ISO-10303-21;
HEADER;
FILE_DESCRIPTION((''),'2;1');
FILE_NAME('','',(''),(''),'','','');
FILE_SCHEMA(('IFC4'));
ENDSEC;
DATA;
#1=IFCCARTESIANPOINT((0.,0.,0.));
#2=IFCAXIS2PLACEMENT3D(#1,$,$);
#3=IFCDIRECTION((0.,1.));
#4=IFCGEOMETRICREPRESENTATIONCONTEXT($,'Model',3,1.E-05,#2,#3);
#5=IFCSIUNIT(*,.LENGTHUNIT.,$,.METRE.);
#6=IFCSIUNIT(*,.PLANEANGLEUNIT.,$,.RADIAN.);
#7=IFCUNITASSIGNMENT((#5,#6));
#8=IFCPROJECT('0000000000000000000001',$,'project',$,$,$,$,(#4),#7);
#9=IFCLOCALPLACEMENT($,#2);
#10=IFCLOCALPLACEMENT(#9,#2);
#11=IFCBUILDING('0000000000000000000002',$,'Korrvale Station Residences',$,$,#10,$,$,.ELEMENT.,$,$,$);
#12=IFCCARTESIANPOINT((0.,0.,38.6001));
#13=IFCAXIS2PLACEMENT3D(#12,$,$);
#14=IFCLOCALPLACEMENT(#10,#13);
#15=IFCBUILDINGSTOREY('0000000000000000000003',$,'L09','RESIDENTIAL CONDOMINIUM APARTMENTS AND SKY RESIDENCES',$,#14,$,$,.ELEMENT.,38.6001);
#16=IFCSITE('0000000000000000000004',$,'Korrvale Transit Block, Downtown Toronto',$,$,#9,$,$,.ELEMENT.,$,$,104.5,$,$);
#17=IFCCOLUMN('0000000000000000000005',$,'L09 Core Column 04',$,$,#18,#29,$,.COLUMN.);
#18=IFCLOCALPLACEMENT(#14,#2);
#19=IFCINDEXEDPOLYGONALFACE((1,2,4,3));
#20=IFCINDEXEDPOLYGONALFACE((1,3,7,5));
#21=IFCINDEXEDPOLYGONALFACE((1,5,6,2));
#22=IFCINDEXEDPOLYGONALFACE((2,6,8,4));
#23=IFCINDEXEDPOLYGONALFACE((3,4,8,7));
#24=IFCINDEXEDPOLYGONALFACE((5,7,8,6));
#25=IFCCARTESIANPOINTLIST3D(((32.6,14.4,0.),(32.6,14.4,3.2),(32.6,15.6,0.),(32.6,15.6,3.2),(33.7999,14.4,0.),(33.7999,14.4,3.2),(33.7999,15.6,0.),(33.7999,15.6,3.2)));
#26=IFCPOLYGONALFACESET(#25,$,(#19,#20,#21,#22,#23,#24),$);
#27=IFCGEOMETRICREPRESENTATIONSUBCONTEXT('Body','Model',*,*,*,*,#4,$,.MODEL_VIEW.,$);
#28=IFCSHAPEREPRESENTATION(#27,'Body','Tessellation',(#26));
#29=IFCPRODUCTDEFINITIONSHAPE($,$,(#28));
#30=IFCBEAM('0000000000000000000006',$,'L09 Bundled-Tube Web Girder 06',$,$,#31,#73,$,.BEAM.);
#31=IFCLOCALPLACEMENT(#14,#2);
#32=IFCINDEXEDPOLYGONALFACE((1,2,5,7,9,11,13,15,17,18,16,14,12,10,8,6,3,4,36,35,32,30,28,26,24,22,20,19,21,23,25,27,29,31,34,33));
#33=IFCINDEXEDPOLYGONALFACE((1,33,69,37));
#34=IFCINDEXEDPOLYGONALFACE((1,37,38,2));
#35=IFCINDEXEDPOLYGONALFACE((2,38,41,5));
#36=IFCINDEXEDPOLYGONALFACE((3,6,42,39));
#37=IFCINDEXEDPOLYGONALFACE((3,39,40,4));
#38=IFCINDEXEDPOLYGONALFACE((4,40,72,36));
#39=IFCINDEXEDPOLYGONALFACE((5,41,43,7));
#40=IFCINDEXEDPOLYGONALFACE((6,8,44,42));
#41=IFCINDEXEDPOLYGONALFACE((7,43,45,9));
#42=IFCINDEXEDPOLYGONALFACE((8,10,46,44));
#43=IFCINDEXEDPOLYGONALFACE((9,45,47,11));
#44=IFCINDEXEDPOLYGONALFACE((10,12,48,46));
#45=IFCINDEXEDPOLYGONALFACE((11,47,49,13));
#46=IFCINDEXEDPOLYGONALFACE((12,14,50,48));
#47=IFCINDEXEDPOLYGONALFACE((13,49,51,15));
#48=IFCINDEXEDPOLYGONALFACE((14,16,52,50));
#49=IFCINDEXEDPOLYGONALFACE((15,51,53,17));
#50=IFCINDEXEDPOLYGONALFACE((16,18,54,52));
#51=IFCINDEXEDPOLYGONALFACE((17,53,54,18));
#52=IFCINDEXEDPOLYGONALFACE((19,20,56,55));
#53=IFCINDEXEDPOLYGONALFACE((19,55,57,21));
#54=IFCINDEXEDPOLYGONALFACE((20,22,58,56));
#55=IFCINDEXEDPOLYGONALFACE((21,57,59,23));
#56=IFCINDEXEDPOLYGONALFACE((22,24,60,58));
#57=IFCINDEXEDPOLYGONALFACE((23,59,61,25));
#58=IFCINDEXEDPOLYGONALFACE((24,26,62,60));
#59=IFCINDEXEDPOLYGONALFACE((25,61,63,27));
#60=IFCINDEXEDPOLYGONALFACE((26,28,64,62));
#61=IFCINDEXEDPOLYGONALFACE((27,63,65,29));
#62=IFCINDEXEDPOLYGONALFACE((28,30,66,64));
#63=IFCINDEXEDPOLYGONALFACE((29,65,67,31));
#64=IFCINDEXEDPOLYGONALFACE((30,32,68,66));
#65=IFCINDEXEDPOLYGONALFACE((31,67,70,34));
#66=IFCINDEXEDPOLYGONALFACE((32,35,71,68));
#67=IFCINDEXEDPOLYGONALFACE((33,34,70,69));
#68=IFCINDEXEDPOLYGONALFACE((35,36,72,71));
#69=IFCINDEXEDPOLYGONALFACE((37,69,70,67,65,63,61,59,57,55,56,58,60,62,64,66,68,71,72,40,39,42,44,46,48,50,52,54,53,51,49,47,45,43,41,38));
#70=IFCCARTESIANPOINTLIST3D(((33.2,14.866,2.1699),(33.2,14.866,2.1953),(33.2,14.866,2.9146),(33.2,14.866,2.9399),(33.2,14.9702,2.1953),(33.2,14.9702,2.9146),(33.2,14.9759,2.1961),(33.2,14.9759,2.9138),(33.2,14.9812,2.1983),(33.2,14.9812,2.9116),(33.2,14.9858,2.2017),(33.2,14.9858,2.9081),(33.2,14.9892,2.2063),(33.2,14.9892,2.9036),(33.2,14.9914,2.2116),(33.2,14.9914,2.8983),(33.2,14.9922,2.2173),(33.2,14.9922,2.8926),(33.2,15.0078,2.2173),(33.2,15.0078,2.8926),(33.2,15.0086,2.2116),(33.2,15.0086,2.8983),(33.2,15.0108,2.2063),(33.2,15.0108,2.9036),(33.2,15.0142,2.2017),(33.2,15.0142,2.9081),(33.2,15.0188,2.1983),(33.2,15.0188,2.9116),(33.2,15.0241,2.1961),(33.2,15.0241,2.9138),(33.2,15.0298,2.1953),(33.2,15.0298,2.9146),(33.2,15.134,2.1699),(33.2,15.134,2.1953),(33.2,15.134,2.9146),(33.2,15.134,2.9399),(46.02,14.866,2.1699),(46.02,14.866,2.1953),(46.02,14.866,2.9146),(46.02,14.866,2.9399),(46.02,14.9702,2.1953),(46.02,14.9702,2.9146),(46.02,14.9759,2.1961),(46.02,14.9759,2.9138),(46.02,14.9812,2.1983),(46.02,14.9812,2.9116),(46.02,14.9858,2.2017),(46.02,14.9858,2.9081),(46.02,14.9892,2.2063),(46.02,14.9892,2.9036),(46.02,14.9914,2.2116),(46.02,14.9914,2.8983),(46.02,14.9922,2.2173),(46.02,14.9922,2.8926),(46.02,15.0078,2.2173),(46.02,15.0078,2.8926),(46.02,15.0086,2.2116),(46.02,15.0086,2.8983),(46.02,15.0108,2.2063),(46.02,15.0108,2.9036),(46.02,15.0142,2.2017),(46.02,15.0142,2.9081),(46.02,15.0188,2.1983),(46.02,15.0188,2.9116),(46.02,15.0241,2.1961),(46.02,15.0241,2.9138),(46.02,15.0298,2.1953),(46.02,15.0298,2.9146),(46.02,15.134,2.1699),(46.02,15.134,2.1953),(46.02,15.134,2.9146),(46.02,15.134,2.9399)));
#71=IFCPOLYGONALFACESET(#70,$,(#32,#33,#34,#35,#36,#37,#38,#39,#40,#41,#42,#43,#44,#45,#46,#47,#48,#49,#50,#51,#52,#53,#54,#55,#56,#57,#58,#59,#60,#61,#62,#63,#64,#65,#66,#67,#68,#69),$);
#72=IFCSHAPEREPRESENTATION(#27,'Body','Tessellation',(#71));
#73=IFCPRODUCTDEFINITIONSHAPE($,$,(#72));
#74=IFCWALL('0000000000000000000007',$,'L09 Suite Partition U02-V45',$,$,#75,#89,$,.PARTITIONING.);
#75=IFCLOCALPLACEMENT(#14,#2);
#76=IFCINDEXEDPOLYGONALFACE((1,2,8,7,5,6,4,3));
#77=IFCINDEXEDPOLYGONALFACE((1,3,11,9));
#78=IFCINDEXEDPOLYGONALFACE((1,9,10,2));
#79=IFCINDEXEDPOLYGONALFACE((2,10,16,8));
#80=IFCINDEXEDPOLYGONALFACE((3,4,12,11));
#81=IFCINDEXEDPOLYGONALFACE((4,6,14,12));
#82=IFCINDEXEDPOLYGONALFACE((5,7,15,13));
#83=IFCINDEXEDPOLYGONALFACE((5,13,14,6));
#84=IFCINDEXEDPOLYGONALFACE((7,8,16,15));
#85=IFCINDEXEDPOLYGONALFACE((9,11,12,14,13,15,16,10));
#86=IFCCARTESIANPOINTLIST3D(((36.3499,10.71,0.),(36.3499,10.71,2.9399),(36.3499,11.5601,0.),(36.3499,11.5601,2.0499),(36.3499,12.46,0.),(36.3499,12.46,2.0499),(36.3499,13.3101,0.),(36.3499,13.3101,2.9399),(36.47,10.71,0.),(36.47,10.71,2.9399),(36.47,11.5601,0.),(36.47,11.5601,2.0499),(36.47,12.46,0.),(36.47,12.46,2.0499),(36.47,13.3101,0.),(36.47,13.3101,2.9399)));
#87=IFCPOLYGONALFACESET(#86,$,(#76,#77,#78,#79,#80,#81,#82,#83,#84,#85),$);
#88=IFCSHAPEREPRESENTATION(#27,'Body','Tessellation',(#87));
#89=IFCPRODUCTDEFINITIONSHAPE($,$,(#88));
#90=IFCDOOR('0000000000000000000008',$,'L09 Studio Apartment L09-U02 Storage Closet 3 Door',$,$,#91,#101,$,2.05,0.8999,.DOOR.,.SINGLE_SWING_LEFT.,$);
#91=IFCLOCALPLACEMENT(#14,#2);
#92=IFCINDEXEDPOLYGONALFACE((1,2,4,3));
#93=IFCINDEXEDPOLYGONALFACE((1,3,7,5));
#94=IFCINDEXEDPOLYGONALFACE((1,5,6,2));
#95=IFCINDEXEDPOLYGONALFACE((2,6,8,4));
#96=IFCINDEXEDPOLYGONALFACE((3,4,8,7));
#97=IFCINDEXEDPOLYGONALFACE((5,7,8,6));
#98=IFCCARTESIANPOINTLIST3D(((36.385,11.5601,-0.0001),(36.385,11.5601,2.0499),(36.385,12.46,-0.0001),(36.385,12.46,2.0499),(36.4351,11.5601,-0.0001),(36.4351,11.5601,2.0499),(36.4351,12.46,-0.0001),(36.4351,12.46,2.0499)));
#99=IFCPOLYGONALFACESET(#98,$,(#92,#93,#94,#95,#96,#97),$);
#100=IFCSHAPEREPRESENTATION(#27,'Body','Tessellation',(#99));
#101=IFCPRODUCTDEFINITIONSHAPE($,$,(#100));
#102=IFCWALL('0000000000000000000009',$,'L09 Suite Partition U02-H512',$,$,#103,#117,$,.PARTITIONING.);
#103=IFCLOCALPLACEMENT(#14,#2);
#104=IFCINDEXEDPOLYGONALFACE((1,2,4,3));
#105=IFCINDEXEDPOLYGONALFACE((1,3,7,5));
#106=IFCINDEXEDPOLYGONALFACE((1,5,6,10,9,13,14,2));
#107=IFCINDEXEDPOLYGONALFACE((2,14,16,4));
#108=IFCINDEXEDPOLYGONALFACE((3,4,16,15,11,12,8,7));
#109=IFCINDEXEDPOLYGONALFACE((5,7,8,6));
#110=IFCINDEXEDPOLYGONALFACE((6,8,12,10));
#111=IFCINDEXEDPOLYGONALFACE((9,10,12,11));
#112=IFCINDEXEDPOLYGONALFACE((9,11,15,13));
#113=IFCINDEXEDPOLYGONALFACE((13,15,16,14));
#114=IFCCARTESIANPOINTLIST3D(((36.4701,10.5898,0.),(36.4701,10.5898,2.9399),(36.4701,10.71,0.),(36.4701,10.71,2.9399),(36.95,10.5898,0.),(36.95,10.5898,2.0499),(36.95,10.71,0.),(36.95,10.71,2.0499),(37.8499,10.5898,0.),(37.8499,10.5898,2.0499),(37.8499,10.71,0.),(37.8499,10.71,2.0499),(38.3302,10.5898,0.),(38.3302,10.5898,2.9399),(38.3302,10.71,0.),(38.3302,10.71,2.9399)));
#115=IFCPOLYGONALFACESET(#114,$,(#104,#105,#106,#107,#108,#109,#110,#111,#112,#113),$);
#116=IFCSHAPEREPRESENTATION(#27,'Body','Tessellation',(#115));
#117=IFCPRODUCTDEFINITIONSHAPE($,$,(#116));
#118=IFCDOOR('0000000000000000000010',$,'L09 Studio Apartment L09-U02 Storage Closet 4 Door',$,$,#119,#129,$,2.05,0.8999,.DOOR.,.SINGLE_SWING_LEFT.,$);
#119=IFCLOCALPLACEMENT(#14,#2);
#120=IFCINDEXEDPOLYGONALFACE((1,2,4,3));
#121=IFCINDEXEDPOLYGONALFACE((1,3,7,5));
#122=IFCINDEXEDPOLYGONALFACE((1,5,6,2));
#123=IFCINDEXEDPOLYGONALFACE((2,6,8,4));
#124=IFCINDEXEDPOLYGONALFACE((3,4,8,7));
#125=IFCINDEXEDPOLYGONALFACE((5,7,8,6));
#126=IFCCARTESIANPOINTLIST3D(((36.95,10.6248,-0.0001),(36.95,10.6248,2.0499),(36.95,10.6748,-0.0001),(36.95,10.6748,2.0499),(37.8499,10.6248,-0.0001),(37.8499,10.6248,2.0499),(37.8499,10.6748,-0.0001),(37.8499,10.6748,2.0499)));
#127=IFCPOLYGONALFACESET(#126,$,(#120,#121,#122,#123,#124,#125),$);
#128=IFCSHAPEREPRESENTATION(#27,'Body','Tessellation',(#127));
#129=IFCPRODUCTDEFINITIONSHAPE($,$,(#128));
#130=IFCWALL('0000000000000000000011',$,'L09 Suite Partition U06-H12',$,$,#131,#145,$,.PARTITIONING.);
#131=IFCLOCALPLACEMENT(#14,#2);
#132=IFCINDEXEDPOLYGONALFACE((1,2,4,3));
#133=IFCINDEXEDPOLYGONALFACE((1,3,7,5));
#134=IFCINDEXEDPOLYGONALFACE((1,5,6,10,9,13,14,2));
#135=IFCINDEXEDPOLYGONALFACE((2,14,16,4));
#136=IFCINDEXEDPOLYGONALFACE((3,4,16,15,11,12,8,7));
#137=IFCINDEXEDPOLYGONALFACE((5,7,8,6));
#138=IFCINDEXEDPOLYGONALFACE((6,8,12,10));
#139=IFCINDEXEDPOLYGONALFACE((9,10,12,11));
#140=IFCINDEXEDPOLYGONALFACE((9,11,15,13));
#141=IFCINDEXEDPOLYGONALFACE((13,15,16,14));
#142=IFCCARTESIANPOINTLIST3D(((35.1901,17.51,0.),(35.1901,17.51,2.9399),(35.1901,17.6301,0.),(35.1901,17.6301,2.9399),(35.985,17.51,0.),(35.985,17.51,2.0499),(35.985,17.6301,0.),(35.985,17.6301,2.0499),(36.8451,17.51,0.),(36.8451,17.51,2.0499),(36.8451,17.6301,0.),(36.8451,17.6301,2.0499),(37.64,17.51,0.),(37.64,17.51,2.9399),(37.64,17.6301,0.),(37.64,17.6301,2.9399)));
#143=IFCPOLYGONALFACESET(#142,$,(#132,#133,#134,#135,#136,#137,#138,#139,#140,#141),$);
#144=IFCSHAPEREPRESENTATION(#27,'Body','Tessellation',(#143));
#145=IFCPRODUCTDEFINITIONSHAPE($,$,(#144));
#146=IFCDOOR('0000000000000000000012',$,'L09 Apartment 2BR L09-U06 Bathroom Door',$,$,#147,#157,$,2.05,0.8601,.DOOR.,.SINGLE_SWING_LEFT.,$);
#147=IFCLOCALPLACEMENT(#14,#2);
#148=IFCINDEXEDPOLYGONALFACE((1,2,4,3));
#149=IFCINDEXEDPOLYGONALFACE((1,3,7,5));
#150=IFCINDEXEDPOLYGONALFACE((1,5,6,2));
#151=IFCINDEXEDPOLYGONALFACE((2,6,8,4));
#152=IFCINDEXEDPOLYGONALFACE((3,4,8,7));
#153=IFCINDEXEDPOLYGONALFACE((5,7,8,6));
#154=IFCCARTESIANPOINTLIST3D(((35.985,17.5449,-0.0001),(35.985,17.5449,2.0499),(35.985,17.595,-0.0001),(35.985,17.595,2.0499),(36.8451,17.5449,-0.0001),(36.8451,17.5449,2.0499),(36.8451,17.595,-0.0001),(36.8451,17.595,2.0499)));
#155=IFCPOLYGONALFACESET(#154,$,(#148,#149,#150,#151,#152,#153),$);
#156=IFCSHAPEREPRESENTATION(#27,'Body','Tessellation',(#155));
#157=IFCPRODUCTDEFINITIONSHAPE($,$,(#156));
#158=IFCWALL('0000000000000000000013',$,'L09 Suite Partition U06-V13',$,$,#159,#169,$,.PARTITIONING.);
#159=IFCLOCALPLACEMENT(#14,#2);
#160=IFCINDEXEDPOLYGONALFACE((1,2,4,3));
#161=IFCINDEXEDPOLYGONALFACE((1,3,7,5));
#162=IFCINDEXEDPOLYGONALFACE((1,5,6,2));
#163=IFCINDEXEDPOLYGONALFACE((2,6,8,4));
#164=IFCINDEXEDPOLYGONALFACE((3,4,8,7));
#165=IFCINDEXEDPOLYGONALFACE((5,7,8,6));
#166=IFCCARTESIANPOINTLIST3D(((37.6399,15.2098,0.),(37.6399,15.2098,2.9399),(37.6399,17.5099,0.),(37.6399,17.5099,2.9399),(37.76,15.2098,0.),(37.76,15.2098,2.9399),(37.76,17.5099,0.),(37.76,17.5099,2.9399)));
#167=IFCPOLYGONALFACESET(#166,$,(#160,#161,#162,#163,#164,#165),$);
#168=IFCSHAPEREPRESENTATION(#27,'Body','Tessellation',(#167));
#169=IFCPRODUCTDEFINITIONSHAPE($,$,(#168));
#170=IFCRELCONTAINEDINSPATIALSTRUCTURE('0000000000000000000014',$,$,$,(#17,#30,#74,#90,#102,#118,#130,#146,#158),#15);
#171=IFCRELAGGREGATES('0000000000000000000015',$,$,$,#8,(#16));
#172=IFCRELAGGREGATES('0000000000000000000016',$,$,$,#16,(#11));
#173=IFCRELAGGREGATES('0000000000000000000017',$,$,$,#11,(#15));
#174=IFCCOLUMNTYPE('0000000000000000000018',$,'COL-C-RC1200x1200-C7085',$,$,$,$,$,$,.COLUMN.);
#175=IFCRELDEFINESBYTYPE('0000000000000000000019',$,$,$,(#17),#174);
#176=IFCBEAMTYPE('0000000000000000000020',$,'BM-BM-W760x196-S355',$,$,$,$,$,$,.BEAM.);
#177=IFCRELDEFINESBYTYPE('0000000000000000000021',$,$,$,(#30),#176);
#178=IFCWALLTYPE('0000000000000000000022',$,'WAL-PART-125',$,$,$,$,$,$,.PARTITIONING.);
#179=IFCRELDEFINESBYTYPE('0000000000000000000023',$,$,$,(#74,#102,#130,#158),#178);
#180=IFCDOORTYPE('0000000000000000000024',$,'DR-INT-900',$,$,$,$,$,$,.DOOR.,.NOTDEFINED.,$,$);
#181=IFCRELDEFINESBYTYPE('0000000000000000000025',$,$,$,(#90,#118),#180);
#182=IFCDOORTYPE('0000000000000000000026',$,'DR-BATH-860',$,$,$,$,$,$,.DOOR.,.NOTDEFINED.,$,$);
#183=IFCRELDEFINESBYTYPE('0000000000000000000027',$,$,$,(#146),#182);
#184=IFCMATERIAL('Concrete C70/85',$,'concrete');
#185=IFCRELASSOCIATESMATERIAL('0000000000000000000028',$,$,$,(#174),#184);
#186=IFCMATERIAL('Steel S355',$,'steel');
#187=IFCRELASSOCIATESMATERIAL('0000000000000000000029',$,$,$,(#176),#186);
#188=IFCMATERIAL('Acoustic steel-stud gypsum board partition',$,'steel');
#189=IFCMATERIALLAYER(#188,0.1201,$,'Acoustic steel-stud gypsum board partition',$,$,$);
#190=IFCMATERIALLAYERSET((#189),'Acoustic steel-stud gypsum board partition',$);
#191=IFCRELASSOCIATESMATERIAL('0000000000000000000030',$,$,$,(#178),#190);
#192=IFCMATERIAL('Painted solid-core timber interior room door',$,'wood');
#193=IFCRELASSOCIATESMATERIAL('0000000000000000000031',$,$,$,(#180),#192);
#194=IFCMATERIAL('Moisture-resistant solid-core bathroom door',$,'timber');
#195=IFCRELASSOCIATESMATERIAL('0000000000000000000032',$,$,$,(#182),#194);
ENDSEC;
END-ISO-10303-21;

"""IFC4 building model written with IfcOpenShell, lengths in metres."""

from ifc_helpers import new_model, si_unit, direction, frame, frame_2d, origin, origin_2d, place, context, subcontext, project, spatial, rectangle, i_section, extrude, material, layer, layer_set, material_profile, profile_set, type_object, element, fill, save


model = new_model("IFC4")

# Units and contexts
model_context = context("Model", 3, precision=1e-05, world=origin(), true_north=direction((0.0, 1.0)))
body_context = subcontext(model_context, "Body", "Model", "MODEL_VIEW")
ifc_project = project(units=[si_unit("LENGTHUNIT", "METRE"), si_unit("PLANEANGLEUNIT", "RADIAN")], contexts=[model_context])

# Site, building, storey
site_placement = place(None, origin())
site = spatial("IfcSite", under=ifc_project, at=site_placement, Name="Korrvale Transit Block, Downtown Toronto", CompositionType="ELEMENT", RefElevation=104.5)
building_placement = place(site_placement, origin())
building = spatial("IfcBuilding", under=site, at=building_placement, Name="Korrvale Station Residences", CompositionType="ELEMENT")
storey_placement = place(building_placement, frame((0.0, 0.0, 38.6001)))
storey = spatial("IfcBuildingStorey", under=building, at=storey_placement, Name="L09", Description="RESIDENTIAL CONDOMINIUM APARTMENTS AND SKY RESIDENCES", CompositionType="ELEMENT", Elevation=38.6001)

# Column
ifc_material_1 = material(Name="Concrete C70/85", Category="concrete")
ifc_material_profile_1 = material_profile(ifc_material_1, rectangle(XDim=1.2, YDim=1.2, at=origin_2d()), Name="RC1200x1200")
ifc_profile_set_1 = profile_set([ifc_material_profile_1], Name="Concrete C70/85")
column_type = type_object("IfcColumnType", Name="COL-C-RC1200x1200-C7085", PredefinedType="COLUMN", material=ifc_profile_set_1)
column_placement = place(storey_placement, frame((33.2, 15.0, 0.0), z_axis=(0.0, 0.0, 1.0), x_axis=(1.0, 0.0, 0.0)))
element("IfcColumn", 1, at=column_placement, inside=storey, type_object=column_type, Name="L09 Core Column 04", PredefinedType="COLUMN", context=body_context, shape_type="SweptSolid", body=[
    extrude(rectangle(XDim=1.2, YDim=1.2, at=origin_2d()), origin(), (0.0, 0.0, 1.0), 3.2),
])

# Beam
ifc_material_2 = material(Name="Steel S355", Category="steel")
ifc_material_profile_2 = material_profile(ifc_material_2, i_section(OverallWidth=0.2681, OverallDepth=0.77, WebThickness=0.0156, FlangeThickness=0.0254, FilletRadius=0.022, at=origin_2d()), Name="W760x196")
ifc_profile_set_2 = profile_set([ifc_material_profile_2], Name="Steel S355")
beam_type = type_object("IfcBeamType", Name="BM-BM-W760x196-S355", PredefinedType="BEAM", material=ifc_profile_set_2)
beam_placement = place(storey_placement, frame((33.2, 15.0, 2.5549), z_axis=(1.0, 0.0, 0.0), x_axis=(0.0, 1.0, 0.0)))
element("IfcBeam", 2, at=beam_placement, inside=storey, type_object=beam_type, Name="L09 Bundled-Tube Web Girder 06", PredefinedType="BEAM", context=body_context, shape_type="SweptSolid", body=[
    extrude(i_section(OverallWidth=0.2681, OverallDepth=0.77, WebThickness=0.0156, FlangeThickness=0.0254, FilletRadius=0.022, at=origin_2d()), origin(), (0.0, 0.0, 1.0), 12.8201),
])

# Walls, openings, doors
ifc_material_3 = material(Name="Acoustic steel-stud gypsum board partition", Category="steel")
ifc_layer_1 = layer(ifc_material_3, 0.1201, Name="Acoustic steel-stud gypsum board partition")
ifc_layer_set_1 = layer_set([ifc_layer_1], Name="Acoustic steel-stud gypsum board partition")
wall_type_1 = type_object("IfcWallType", Name="WAL-PART-125", PredefinedType="PARTITIONING", material=ifc_layer_set_1)
wall_1_placement = place(storey_placement, frame((36.4099, 10.71, 0.0), z_axis=(0.0, 0.0, 1.0), x_axis=(0.0, 1.0, 0.0)))
wall_1 = element("IfcWall", 3, at=wall_1_placement, inside=storey, type_object=wall_type_1, Name="L09 Suite Partition U02-V45", PredefinedType="PARTITIONING", context=body_context, shape_type="SweptSolid", body=[
    extrude(rectangle(XDim=2.6001, YDim=0.1201, at=frame_2d((1.3, 0.0))), origin(), (0.0, 0.0, 1.0), 2.9399),
])
opening_1_placement = place(wall_1_placement, frame((0.8501, 0.0, 0.0)))
opening_1 = element("IfcOpeningElement", 4, at=opening_1_placement, cuts=wall_1, PredefinedType="OPENING", context=body_context, shape_type="SweptSolid", body=[
    extrude(rectangle(XDim=0.8999, YDim=2.05, at=frame_2d((0.45, 1.0249))), frame((0.0, 0.0701, 0.0), z_axis=(0.0, -1.0, 0.0), x_axis=(1.0, 0.0, 0.0)), (0.0, 0.0, 1.0), 0.1401),
])
ifc_material_4 = material(Name="Painted solid-core timber interior room door", Category="wood")
door_type_1 = type_object("IfcDoorType", Name="DR-INT-900", OperationType="NOTDEFINED", PredefinedType="DOOR", material=ifc_material_4)
door_1_placement = place(opening_1_placement, origin())
door_1 = element("IfcDoor", 5, at=door_1_placement, inside=storey, type_object=door_type_1, Name="L09 Studio Apartment L09-U02 Storage Closet 3 Door", OperationType="SINGLE_SWING_LEFT", OverallHeight=2.05, OverallWidth=0.8999, PredefinedType="DOOR", context=body_context, shape_type="SweptSolid", body=[
    extrude(rectangle(XDim=0.8999, YDim=2.05, at=frame_2d((0.45, 1.0249))), frame((0.0, 0.0249, 0.0), z_axis=(0.0, -1.0, 0.0), x_axis=(1.0, 0.0, 0.0)), (0.0, 0.0, 1.0), 0.05),
])
fill(opening_1, door_1)
wall_2_placement = place(storey_placement, frame((36.47, 10.6499, 0.0), z_axis=(0.0, 0.0, 1.0), x_axis=(1.0, 0.0, 0.0)))
wall_2 = element("IfcWall", 6, at=wall_2_placement, inside=storey, type_object=wall_type_1, Name="L09 Suite Partition U02-H512", PredefinedType="PARTITIONING", context=body_context, shape_type="SweptSolid", body=[
    extrude(rectangle(XDim=1.8601, YDim=0.1201, at=frame_2d((0.9302, 0.0))), origin(), (0.0, 0.0, 1.0), 2.9399),
])
opening_2_placement = place(wall_2_placement, frame((0.48, 0.0, 0.0)))
opening_2 = element("IfcOpeningElement", 7, at=opening_2_placement, cuts=wall_2, PredefinedType="OPENING", context=body_context, shape_type="SweptSolid", body=[
    extrude(rectangle(XDim=0.8999, YDim=2.05, at=frame_2d((0.45, 1.0249))), frame((0.0, 0.0701, 0.0), z_axis=(0.0, -1.0, 0.0), x_axis=(1.0, 0.0, 0.0)), (0.0, 0.0, 1.0), 0.1401),
])
door_2_placement = place(opening_2_placement, origin())
door_2 = element("IfcDoor", 8, at=door_2_placement, inside=storey, type_object=door_type_1, Name="L09 Studio Apartment L09-U02 Storage Closet 4 Door", OperationType="SINGLE_SWING_LEFT", OverallHeight=2.05, OverallWidth=0.8999, PredefinedType="DOOR", context=body_context, shape_type="SweptSolid", body=[
    extrude(rectangle(XDim=0.8999, YDim=2.05, at=frame_2d((0.45, 1.0249))), frame((0.0, 0.0249, 0.0), z_axis=(0.0, -1.0, 0.0), x_axis=(1.0, 0.0, 0.0)), (0.0, 0.0, 1.0), 0.05),
])
fill(opening_2, door_2)
wall_3_placement = place(storey_placement, frame((35.1899, 17.5701, 0.0), z_axis=(0.0, 0.0, 1.0), x_axis=(1.0, 0.0, 0.0)))
wall_3 = element("IfcWall", 9, at=wall_3_placement, inside=storey, type_object=wall_type_1, Name="L09 Suite Partition U06-H12", PredefinedType="PARTITIONING", context=body_context, shape_type="SweptSolid", body=[
    extrude(rectangle(XDim=2.45, YDim=0.1201, at=frame_2d((1.2251, 0.0))), origin(), (0.0, 0.0, 1.0), 2.9399),
])
opening_3_placement = place(wall_3_placement, frame((0.7949, 0.0, 0.0)))
opening_3 = element("IfcOpeningElement", 10, at=opening_3_placement, cuts=wall_3, PredefinedType="OPENING", context=body_context, shape_type="SweptSolid", body=[
    extrude(rectangle(XDim=0.8601, YDim=2.05, at=frame_2d((0.4302, 1.0249))), frame((0.0, 0.0701, 0.0), z_axis=(0.0, -1.0, 0.0), x_axis=(1.0, 0.0, 0.0)), (0.0, 0.0, 1.0), 0.1401),
])
ifc_material_5 = material(Name="Moisture-resistant solid-core bathroom door", Category="timber")
door_type_2 = type_object("IfcDoorType", Name="DR-BATH-860", OperationType="NOTDEFINED", PredefinedType="DOOR", material=ifc_material_5)
door_3_placement = place(opening_3_placement, origin())
door_3 = element("IfcDoor", 11, at=door_3_placement, inside=storey, type_object=door_type_2, Name="L09 Apartment 2BR L09-U06 Bathroom Door", OperationType="SINGLE_SWING_LEFT", OverallHeight=2.05, OverallWidth=0.8601, PredefinedType="DOOR", context=body_context, shape_type="SweptSolid", body=[
    extrude(rectangle(XDim=0.8601, YDim=2.05, at=frame_2d((0.4302, 1.0249))), frame((0.0, 0.0249, 0.0), z_axis=(0.0, -1.0, 0.0), x_axis=(1.0, 0.0, 0.0)), (0.0, 0.0, 1.0), 0.05),
])
fill(opening_3, door_3)

# Wall
wall_4_placement = place(storey_placement, frame((37.7, 15.21, 0.0), z_axis=(0.0, 0.0, 1.0), x_axis=(0.0, 1.0, 0.0)))
element("IfcWall", 12, at=wall_4_placement, inside=storey, type_object=wall_type_1, Name="L09 Suite Partition U06-V13", PredefinedType="PARTITIONING", context=body_context, shape_type="SweptSolid", body=[
    extrude(rectangle(XDim=2.3, YDim=0.1201, at=frame_2d((1.1499, 0.0))), origin(), (0.0, 0.0, 1.0), 2.9399),
])

save(model, "model.ifc")
